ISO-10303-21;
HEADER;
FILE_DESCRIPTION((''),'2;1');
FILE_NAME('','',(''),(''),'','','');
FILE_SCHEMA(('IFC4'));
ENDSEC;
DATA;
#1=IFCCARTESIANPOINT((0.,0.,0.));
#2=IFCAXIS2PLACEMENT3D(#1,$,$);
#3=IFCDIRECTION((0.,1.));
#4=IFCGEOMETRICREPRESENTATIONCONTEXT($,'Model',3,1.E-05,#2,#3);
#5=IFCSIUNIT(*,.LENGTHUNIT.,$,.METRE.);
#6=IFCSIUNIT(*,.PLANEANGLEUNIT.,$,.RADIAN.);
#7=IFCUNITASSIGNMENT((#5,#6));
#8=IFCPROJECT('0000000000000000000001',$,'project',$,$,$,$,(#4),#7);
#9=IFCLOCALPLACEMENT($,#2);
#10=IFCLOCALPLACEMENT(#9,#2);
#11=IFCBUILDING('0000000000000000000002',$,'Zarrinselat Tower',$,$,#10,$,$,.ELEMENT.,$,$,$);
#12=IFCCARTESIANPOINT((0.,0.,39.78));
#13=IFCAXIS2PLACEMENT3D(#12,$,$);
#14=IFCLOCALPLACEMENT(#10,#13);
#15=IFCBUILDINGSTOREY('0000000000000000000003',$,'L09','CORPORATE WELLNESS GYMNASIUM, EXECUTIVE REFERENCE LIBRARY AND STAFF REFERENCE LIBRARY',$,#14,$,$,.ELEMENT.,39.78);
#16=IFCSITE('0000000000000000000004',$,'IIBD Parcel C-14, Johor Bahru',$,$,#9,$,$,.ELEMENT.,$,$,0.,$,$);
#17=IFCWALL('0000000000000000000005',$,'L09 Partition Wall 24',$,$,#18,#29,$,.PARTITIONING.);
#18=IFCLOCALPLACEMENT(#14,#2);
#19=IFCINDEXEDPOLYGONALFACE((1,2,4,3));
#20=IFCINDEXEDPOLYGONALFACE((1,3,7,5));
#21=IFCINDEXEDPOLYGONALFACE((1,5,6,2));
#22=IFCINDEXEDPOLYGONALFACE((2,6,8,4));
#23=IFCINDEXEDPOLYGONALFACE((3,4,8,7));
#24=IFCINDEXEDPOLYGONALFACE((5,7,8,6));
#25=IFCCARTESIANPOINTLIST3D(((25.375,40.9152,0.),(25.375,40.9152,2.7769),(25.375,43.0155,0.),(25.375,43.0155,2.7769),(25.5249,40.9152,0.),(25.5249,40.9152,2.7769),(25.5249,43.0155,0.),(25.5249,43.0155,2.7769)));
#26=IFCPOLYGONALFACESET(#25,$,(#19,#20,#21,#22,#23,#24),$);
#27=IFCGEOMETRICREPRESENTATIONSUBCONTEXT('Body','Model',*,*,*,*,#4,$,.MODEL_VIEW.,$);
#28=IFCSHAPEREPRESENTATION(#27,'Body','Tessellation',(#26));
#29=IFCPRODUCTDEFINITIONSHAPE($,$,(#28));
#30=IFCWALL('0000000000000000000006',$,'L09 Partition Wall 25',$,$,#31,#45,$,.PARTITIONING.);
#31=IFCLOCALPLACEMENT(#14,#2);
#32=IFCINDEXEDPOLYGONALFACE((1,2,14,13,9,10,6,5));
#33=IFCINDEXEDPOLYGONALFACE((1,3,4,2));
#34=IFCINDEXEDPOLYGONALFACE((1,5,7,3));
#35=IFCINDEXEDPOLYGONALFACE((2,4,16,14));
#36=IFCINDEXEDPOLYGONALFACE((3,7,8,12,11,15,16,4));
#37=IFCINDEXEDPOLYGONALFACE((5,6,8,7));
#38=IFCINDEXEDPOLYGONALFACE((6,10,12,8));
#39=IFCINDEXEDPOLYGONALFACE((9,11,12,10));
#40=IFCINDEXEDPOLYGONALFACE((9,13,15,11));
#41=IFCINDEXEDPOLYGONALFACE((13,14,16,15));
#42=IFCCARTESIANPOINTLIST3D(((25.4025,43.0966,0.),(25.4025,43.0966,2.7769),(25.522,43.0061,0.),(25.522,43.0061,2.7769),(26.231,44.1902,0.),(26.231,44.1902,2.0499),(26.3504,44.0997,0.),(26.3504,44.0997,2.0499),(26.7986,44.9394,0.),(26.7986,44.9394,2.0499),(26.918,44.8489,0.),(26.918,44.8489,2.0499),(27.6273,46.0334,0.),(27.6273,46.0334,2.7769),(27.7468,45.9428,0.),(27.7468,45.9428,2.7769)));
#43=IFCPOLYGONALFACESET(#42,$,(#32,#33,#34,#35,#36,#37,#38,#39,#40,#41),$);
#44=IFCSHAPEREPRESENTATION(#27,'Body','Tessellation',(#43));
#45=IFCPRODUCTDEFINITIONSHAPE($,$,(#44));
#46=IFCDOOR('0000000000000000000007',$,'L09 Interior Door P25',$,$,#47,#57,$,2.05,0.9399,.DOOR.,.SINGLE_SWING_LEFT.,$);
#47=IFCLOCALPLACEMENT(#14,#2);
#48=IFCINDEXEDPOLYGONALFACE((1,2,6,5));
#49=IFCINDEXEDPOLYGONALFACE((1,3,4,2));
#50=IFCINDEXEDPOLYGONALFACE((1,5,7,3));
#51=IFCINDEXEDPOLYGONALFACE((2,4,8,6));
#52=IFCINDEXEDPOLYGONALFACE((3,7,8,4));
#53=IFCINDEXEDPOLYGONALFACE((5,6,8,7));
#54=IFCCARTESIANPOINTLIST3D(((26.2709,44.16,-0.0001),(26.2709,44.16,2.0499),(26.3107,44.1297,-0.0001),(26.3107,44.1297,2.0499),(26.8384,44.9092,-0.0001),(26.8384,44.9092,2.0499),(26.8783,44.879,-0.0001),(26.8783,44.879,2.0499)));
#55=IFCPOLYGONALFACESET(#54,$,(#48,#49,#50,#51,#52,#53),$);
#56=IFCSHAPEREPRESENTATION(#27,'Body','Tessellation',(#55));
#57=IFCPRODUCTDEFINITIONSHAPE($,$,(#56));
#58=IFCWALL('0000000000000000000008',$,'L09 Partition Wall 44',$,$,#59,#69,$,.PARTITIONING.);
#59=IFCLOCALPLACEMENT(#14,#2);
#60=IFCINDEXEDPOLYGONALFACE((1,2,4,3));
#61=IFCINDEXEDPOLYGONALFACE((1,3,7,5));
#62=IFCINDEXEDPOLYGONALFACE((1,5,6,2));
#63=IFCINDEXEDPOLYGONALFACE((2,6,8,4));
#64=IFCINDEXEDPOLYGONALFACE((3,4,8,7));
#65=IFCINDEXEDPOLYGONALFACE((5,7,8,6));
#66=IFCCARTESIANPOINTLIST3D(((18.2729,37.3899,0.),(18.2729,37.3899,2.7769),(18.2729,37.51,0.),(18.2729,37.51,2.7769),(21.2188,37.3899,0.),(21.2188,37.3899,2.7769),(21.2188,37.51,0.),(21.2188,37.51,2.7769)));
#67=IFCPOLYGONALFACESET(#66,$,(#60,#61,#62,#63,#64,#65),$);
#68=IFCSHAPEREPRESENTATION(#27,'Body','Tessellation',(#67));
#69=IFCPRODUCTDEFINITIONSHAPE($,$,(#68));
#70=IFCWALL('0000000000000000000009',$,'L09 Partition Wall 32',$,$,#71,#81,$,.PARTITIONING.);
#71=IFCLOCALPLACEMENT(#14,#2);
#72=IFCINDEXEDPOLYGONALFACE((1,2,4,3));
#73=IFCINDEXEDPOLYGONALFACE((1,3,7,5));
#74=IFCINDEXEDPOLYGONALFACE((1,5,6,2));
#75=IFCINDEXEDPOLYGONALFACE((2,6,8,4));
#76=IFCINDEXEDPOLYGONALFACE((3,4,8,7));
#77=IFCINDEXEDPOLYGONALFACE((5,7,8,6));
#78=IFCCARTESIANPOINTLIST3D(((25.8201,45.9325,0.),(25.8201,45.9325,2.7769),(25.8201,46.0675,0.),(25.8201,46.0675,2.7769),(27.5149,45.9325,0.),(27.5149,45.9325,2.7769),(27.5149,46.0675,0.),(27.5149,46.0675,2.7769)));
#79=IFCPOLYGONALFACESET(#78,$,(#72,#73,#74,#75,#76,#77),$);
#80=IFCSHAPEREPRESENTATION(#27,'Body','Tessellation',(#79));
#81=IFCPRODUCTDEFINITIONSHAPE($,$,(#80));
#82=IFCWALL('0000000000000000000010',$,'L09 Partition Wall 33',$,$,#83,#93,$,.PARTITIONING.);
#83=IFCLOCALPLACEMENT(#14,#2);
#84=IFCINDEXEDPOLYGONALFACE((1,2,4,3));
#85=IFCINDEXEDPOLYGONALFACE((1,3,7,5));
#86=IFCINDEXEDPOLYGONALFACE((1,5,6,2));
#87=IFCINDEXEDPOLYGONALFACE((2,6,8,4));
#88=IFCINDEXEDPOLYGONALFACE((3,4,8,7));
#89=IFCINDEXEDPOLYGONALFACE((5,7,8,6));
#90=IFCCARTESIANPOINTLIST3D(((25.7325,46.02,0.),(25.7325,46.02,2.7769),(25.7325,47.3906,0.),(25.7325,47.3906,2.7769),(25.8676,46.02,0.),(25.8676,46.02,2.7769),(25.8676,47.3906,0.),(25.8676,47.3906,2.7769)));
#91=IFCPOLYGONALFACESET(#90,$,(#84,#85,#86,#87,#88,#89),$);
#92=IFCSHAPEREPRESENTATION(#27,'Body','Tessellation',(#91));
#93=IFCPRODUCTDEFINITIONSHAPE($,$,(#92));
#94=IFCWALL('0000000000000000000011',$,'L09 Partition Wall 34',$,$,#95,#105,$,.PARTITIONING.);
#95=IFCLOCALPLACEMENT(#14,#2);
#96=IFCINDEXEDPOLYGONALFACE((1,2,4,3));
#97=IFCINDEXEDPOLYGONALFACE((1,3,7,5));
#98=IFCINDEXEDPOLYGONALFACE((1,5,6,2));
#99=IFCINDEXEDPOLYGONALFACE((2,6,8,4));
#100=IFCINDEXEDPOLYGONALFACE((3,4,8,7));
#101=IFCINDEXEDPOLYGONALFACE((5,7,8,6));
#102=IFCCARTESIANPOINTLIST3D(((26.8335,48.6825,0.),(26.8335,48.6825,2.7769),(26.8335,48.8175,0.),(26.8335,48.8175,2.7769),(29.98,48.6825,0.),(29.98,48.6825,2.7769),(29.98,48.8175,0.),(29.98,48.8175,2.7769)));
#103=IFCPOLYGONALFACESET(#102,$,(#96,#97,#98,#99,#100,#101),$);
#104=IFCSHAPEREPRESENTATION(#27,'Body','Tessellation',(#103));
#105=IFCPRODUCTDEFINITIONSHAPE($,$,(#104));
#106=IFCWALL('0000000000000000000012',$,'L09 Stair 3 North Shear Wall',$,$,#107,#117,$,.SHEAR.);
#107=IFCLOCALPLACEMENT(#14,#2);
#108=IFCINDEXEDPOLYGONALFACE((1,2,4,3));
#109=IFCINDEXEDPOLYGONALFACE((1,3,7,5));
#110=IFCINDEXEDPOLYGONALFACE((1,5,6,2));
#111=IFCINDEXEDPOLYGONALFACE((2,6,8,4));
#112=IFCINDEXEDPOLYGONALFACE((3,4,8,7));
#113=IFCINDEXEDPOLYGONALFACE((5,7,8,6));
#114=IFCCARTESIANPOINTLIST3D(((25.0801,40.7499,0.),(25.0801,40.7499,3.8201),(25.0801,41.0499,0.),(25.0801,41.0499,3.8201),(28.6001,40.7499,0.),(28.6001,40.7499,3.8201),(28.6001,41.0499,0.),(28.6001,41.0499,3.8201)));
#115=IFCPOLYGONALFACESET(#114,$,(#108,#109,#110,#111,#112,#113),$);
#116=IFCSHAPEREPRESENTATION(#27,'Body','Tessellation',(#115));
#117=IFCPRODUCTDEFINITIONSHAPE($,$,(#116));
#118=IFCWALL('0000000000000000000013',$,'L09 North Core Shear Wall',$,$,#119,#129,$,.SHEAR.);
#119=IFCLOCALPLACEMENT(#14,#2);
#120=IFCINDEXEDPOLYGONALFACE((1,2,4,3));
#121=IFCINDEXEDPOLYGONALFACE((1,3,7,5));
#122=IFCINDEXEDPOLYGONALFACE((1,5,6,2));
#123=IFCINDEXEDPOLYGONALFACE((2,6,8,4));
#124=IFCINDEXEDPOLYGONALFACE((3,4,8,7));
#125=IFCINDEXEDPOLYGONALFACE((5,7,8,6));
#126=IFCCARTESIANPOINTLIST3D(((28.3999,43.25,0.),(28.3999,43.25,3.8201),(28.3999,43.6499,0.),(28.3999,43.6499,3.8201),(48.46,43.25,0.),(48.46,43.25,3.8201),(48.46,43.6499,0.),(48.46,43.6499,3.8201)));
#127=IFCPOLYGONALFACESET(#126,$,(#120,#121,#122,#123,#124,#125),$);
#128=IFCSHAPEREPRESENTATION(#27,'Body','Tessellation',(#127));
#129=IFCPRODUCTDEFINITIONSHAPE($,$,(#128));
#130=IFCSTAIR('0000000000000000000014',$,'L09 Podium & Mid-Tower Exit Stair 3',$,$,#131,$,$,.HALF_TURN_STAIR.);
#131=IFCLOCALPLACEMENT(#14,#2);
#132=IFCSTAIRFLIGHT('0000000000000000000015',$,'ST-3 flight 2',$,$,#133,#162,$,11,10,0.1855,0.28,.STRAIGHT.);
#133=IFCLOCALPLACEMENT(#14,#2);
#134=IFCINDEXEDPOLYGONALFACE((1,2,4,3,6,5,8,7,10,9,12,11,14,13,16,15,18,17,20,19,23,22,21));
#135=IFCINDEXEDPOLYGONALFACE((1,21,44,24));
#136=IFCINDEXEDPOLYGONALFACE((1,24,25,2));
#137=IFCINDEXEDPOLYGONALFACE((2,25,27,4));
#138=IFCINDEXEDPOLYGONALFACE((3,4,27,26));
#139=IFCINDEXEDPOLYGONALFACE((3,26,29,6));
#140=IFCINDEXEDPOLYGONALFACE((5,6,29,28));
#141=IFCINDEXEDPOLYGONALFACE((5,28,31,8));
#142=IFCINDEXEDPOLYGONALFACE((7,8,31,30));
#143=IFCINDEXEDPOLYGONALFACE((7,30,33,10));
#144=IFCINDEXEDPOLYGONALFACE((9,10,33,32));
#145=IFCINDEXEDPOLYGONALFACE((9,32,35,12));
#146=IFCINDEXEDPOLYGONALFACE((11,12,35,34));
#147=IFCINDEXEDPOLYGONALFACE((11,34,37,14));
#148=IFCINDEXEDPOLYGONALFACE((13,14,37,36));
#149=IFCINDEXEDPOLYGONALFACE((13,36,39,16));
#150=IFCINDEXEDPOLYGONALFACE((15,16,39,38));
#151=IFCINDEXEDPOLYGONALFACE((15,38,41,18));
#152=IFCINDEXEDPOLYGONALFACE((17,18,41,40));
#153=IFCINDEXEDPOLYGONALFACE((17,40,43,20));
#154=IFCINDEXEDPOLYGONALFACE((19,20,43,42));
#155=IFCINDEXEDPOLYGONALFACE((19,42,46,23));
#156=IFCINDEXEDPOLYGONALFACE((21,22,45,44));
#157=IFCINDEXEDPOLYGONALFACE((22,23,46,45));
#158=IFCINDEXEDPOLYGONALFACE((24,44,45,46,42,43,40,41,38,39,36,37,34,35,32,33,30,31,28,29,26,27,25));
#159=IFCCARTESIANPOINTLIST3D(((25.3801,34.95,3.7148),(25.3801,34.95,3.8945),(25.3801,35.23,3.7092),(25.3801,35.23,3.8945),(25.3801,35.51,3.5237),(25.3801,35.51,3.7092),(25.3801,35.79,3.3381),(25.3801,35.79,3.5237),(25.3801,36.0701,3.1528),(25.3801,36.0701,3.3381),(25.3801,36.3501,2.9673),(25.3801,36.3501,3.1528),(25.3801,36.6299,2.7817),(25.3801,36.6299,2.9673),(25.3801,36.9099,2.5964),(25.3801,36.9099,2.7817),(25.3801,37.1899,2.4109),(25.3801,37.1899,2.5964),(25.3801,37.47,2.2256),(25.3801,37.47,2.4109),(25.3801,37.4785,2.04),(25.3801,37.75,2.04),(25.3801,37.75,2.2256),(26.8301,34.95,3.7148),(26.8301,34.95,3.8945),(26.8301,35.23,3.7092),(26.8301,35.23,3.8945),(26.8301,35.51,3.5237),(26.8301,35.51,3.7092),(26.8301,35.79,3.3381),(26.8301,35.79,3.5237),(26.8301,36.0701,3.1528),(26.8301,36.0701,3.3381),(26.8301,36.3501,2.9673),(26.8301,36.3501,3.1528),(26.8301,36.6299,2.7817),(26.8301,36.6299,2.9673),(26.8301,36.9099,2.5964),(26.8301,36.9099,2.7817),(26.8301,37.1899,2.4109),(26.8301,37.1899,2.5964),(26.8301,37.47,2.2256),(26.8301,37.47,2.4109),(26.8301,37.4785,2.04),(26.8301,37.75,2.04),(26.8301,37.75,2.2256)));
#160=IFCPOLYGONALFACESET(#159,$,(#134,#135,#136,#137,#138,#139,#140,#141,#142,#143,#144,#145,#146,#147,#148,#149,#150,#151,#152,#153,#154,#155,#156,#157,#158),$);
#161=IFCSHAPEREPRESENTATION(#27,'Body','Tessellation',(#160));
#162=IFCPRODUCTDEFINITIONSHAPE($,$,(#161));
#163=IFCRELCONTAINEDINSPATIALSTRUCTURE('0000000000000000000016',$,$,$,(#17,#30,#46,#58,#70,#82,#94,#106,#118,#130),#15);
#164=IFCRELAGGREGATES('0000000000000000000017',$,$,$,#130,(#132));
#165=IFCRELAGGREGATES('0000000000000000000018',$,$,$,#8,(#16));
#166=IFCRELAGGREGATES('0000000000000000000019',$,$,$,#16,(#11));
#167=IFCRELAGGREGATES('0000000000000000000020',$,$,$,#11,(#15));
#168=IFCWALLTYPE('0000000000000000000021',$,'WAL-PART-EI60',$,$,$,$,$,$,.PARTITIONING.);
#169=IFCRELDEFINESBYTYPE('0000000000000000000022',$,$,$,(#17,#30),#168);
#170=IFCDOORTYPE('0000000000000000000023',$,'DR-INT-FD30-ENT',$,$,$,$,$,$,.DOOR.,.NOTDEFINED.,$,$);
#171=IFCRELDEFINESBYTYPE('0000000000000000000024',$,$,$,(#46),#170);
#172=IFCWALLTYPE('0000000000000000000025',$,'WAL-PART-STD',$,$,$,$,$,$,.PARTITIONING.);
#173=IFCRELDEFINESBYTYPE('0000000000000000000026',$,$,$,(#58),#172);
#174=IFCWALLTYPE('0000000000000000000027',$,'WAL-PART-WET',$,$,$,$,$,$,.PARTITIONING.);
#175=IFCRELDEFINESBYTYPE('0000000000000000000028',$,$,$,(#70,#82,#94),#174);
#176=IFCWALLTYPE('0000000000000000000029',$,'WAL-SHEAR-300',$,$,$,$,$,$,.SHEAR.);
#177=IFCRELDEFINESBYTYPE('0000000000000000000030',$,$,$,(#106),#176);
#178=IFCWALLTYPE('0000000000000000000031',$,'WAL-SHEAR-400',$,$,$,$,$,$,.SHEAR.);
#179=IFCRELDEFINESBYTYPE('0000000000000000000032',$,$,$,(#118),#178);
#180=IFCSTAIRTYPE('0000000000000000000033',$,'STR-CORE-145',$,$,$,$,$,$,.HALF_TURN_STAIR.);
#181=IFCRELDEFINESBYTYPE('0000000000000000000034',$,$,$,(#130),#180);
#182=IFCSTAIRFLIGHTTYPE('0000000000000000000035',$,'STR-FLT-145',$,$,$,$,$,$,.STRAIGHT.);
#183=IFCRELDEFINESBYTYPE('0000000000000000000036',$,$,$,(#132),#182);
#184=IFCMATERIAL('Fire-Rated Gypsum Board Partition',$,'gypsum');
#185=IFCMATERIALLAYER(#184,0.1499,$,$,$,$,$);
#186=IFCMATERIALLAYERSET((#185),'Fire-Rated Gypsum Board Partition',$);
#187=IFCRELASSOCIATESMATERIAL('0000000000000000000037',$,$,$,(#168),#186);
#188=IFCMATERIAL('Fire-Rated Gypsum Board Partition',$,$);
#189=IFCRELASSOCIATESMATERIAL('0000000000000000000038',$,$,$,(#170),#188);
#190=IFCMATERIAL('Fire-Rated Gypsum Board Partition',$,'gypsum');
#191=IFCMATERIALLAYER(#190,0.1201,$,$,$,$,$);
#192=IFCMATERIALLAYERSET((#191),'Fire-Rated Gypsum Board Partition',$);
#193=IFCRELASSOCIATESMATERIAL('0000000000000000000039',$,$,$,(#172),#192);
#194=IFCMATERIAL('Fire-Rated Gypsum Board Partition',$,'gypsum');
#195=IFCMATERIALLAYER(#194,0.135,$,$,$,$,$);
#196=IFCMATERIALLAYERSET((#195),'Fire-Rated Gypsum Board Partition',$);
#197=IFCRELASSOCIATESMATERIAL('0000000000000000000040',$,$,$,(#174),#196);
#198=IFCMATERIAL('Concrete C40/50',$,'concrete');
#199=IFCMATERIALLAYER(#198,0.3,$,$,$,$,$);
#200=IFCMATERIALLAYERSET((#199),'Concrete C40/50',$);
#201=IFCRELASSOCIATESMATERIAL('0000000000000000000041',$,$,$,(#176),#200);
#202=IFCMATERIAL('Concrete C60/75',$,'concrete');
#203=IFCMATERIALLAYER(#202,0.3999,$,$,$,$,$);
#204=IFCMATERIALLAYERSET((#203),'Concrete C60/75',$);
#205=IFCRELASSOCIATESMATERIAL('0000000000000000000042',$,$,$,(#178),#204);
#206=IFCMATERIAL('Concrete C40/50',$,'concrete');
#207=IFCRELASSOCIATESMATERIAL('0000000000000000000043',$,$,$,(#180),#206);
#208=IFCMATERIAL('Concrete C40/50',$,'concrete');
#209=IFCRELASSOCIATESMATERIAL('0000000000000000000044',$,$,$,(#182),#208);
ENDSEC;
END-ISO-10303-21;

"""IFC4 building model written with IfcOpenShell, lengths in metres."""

from ifc_helpers import new_model, si_unit, direction, frame, frame_2d, origin, place, context, subcontext, project, spatial, polyline, rectangle, outline, extrude, material, layer, layer_set, type_object, element, fill, aggregate, save


model = new_model("IFC4")

# Units and contexts
model_context = context("Model", 3, precision=1e-05, world=origin(), true_north=direction((0.0, 1.0)))
body_context = subcontext(model_context, "Body", "Model", "MODEL_VIEW")
ifc_project = project(units=[si_unit("LENGTHUNIT", "METRE"), si_unit("PLANEANGLEUNIT", "RADIAN")], contexts=[model_context])

# Site, building, storey
site_placement = place(None, origin())
site = spatial("IfcSite", under=ifc_project, at=site_placement, Name="IIBD Parcel C-14, Johor Bahru", CompositionType="ELEMENT", RefElevation=0.0)
building_placement = place(site_placement, origin())
building = spatial("IfcBuilding", under=site, at=building_placement, Name="Zarrinselat Tower", CompositionType="ELEMENT")
storey_placement = place(building_placement, frame((0.0, 0.0, 39.78)))
storey = spatial("IfcBuildingStorey", under=building, at=storey_placement, Name="L09", Description="CORPORATE WELLNESS GYMNASIUM, EXECUTIVE REFERENCE LIBRARY AND STAFF REFERENCE LIBRARY", CompositionType="ELEMENT", Elevation=39.78)

# Wall
ifc_material_1 = material(Name="Fire-Rated Gypsum Board Partition", Category="gypsum")
ifc_layer_1 = layer(ifc_material_1, 0.1499)
ifc_layer_set_1 = layer_set([ifc_layer_1], Name="Fire-Rated Gypsum Board Partition")
wall_type_1 = type_object("IfcWallType", Name="WAL-PART-EI60", PredefinedType="PARTITIONING", material=ifc_layer_set_1)
wall_1_placement = place(storey_placement, frame((25.45, 40.915, 0.0), z_axis=(0.0, 0.0, 1.0), x_axis=(0.0, 1.0, 0.0)))
element("IfcWall", 1, at=wall_1_placement, inside=storey, type_object=wall_type_1, Name="L09 Partition Wall 24", PredefinedType="PARTITIONING", context=body_context, shape_type="SweptSolid", body=[
    extrude(rectangle(XDim=2.1003, YDim=0.1499, at=frame_2d((1.0503, 0.0))), origin(), (0.0, 0.0, 1.0), 2.7769),
])

# Wall, opening, door
wall_2_placement = place(storey_placement, frame((25.4622, 43.0513, 0.0), z_axis=(0.0, 0.0, 1.0), x_axis=(0.603863, 0.797088, 0.0)))
wall_2 = element("IfcWall", 2, at=wall_2_placement, inside=storey, type_object=wall_type_1, Name="L09 Partition Wall 25", PredefinedType="PARTITIONING", context=body_context, shape_type="SweptSolid", body=[
    extrude(rectangle(XDim=3.6843, YDim=0.1499, at=frame_2d((1.8423, 0.0))), origin(), (0.0, 0.0, 1.0), 2.7769),
])
opening_placement = place(wall_2_placement, frame((1.3721, 0.0, 0.0)))
opening = element("IfcOpeningElement", 3, at=opening_placement, cuts=wall_2, PredefinedType="OPENING", context=body_context, shape_type="SweptSolid", body=[
    extrude(rectangle(XDim=0.9399, YDim=2.05, at=frame_2d((0.47, 1.0249))), frame((0.0, 0.085, 0.0), z_axis=(0.0, -1.0, 0.0), x_axis=(1.0, 0.0, 0.0)), (0.0, 0.0, 1.0), 0.1699),
])
ifc_material_2 = material(Name="Fire-Rated Gypsum Board Partition")
door_type = type_object("IfcDoorType", Name="DR-INT-FD30-ENT", OperationType="NOTDEFINED", PredefinedType="DOOR", material=ifc_material_2)
door_placement = place(opening_placement, origin())
door = element("IfcDoor", 4, at=door_placement, inside=storey, type_object=door_type, Name="L09 Interior Door P25", OperationType="SINGLE_SWING_LEFT", OverallHeight=2.05, OverallWidth=0.9399, PredefinedType="DOOR", context=body_context, shape_type="SweptSolid", body=[
    extrude(rectangle(XDim=0.9399, YDim=2.05, at=frame_2d((0.47, 1.0249))), frame((0.0, 0.0249, 0.0), z_axis=(0.0, -1.0, 0.0), x_axis=(1.0, 0.0, 0.0)), (0.0, 0.0, 1.0), 0.05),
])
fill(opening, door)

# Walls
ifc_material_3 = material(Name="Fire-Rated Gypsum Board Partition", Category="gypsum")
ifc_layer_2 = layer(ifc_material_3, 0.1201)
ifc_layer_set_2 = layer_set([ifc_layer_2], Name="Fire-Rated Gypsum Board Partition")
wall_type_2 = type_object("IfcWallType", Name="WAL-PART-STD", PredefinedType="PARTITIONING", material=ifc_layer_set_2)
wall_3_placement = place(storey_placement, frame((18.2729, 37.45, 0.0), z_axis=(0.0, 0.0, 1.0), x_axis=(1.0, 0.0, 0.0)))
element("IfcWall", 5, at=wall_3_placement, inside=storey, type_object=wall_type_2, Name="L09 Partition Wall 44", PredefinedType="PARTITIONING", context=body_context, shape_type="SweptSolid", body=[
    extrude(rectangle(XDim=2.9458, YDim=0.1201, at=frame_2d((1.4729, 0.0))), origin(), (0.0, 0.0, 1.0), 2.7769),
])
ifc_material_4 = material(Name="Fire-Rated Gypsum Board Partition", Category="gypsum")
ifc_layer_3 = layer(ifc_material_4, 0.135)
ifc_layer_set_3 = layer_set([ifc_layer_3], Name="Fire-Rated Gypsum Board Partition")
wall_type_3 = type_object("IfcWallType", Name="WAL-PART-WET", PredefinedType="PARTITIONING", material=ifc_layer_set_3)
wall_4_placement = place(storey_placement, frame((25.8201, 46.0, 0.0), z_axis=(0.0, 0.0, 1.0), x_axis=(1.0, 0.0, 0.0)))
element("IfcWall", 6, at=wall_4_placement, inside=storey, type_object=wall_type_3, Name="L09 Partition Wall 32", PredefinedType="PARTITIONING", context=body_context, shape_type="SweptSolid", body=[
    extrude(rectangle(XDim=1.6948, YDim=0.135, at=frame_2d((0.8474, 0.0))), origin(), (0.0, 0.0, 1.0), 2.7769),
])
wall_5_placement = place(storey_placement, frame((25.8, 46.02, 0.0), z_axis=(0.0, 0.0, 1.0), x_axis=(0.0, 1.0, 0.0)))
element("IfcWall", 7, at=wall_5_placement, inside=storey, type_object=wall_type_3, Name="L09 Partition Wall 33", PredefinedType="PARTITIONING", context=body_context, shape_type="SweptSolid", body=[
    extrude(rectangle(XDim=1.3706, YDim=0.135, at=frame_2d((0.6853, 0.0))), origin(), (0.0, 0.0, 1.0), 2.7769),
])
wall_6_placement = place(storey_placement, frame((26.8335, 48.75, 0.0), z_axis=(0.0, 0.0, 1.0), x_axis=(1.0, 0.0, 0.0)))
element("IfcWall", 8, at=wall_6_placement, inside=storey, type_object=wall_type_3, Name="L09 Partition Wall 34", PredefinedType="PARTITIONING", context=body_context, shape_type="SweptSolid", body=[
    extrude(rectangle(XDim=3.1465, YDim=0.135, at=frame_2d((1.5732, 0.0))), origin(), (0.0, 0.0, 1.0), 2.7769),
])
ifc_material_5 = material(Name="Concrete C40/50", Category="concrete")
ifc_layer_4 = layer(ifc_material_5, 0.3)
ifc_layer_set_4 = layer_set([ifc_layer_4], Name="Concrete C40/50")
wall_type_4 = type_object("IfcWallType", Name="WAL-SHEAR-300", PredefinedType="SHEAR", material=ifc_layer_set_4)
wall_7_placement = place(storey_placement, frame((25.0801, 40.8999, 0.0), z_axis=(0.0, 0.0, 1.0), x_axis=(1.0, 0.0, 0.0)))
element("IfcWall", 9, at=wall_7_placement, inside=storey, type_object=wall_type_4, Name="L09 Stair 3 North Shear Wall", PredefinedType="SHEAR", context=body_context, shape_type="SweptSolid", body=[
    extrude(rectangle(XDim=3.52, YDim=0.3, at=frame_2d((1.76, 0.0))), origin(), (0.0, 0.0, 1.0), 3.8201),
])
ifc_material_6 = material(Name="Concrete C60/75", Category="concrete")
ifc_layer_5 = layer(ifc_material_6, 0.3999)
ifc_layer_set_5 = layer_set([ifc_layer_5], Name="Concrete C60/75")
wall_type_5 = type_object("IfcWallType", Name="WAL-SHEAR-400", PredefinedType="SHEAR", material=ifc_layer_set_5)
wall_8_placement = place(storey_placement, frame((28.3999, 43.45, 0.0), z_axis=(0.0, 0.0, 1.0), x_axis=(1.0, 0.0, 0.0)))
element("IfcWall", 10, at=wall_8_placement, inside=storey, type_object=wall_type_5, Name="L09 North Core Shear Wall", PredefinedType="SHEAR", context=body_context, shape_type="SweptSolid", body=[
    extrude(rectangle(XDim=20.0601, YDim=0.3999, at=frame_2d((10.03, 0.0))), origin(), (0.0, 0.0, 1.0), 3.8201),
])

# Stair, stair flight
ifc_material_7 = material(Name="Concrete C40/50", Category="concrete")
stair_type = type_object("IfcStairType", Name="STR-CORE-145", PredefinedType="HALF_TURN_STAIR", material=ifc_material_7)
stair_placement = place(storey_placement, origin())
stair = element("IfcStair", 11, at=stair_placement, inside=storey, type_object=stair_type, Name="L09 Podium & Mid-Tower Exit Stair 3", PredefinedType="HALF_TURN_STAIR")
ifc_material_8 = material(Name="Concrete C40/50", Category="concrete")
stair_flight_type = type_object("IfcStairFlightType", Name="STR-FLT-145", PredefinedType="STRAIGHT", material=ifc_material_8)
stair_flight_placement = place(storey_placement, frame((26.105, 37.75, 2.04), z_axis=(0.0, 0.0, 1.0), x_axis=(0.0, -1.0, 0.0)))
stair_flight = element("IfcStairFlight", 12, at=stair_flight_placement, type_object=stair_flight_type, Name="ST-3 flight 2", NumberOfRisers=11, NumberOfTreads=10, PredefinedType="STRAIGHT", RiserHeight=0.1855, TreadLength=0.28, context=body_context, shape_type="SweptSolid", body=[
    extrude(outline(polyline([(0.0, 0.0), (0.0, 0.1855), (0.28, 0.1855), (0.28, 0.3708), (0.5601, 0.3708), (0.5601, 0.5564), (0.8401, 0.5564), (0.8401, 0.7417), (1.1201, 0.7417), (1.1201, 0.9272), (1.3999, 0.9272), (1.3999, 1.1128), (1.6799, 1.1128), (1.6799, 1.2981), (1.96, 1.2981), (1.96, 1.4836), (2.24, 1.4836), (2.24, 1.6692), (2.52, 1.6692), (2.52, 1.8545), (2.8, 1.8545), (2.8, 2.04), (2.8, 1.6748), (0.2715, 0.0), (0.0, 0.0)])), frame((0.0, 0.7251, 0.0), z_axis=(0.0, -1.0, 0.0), x_axis=(1.0, 0.0, 0.0)), (0.0, 0.0, 1.0), 1.45),
])
aggregate(stair, [stair_flight])

save(model, "model.ifc")
